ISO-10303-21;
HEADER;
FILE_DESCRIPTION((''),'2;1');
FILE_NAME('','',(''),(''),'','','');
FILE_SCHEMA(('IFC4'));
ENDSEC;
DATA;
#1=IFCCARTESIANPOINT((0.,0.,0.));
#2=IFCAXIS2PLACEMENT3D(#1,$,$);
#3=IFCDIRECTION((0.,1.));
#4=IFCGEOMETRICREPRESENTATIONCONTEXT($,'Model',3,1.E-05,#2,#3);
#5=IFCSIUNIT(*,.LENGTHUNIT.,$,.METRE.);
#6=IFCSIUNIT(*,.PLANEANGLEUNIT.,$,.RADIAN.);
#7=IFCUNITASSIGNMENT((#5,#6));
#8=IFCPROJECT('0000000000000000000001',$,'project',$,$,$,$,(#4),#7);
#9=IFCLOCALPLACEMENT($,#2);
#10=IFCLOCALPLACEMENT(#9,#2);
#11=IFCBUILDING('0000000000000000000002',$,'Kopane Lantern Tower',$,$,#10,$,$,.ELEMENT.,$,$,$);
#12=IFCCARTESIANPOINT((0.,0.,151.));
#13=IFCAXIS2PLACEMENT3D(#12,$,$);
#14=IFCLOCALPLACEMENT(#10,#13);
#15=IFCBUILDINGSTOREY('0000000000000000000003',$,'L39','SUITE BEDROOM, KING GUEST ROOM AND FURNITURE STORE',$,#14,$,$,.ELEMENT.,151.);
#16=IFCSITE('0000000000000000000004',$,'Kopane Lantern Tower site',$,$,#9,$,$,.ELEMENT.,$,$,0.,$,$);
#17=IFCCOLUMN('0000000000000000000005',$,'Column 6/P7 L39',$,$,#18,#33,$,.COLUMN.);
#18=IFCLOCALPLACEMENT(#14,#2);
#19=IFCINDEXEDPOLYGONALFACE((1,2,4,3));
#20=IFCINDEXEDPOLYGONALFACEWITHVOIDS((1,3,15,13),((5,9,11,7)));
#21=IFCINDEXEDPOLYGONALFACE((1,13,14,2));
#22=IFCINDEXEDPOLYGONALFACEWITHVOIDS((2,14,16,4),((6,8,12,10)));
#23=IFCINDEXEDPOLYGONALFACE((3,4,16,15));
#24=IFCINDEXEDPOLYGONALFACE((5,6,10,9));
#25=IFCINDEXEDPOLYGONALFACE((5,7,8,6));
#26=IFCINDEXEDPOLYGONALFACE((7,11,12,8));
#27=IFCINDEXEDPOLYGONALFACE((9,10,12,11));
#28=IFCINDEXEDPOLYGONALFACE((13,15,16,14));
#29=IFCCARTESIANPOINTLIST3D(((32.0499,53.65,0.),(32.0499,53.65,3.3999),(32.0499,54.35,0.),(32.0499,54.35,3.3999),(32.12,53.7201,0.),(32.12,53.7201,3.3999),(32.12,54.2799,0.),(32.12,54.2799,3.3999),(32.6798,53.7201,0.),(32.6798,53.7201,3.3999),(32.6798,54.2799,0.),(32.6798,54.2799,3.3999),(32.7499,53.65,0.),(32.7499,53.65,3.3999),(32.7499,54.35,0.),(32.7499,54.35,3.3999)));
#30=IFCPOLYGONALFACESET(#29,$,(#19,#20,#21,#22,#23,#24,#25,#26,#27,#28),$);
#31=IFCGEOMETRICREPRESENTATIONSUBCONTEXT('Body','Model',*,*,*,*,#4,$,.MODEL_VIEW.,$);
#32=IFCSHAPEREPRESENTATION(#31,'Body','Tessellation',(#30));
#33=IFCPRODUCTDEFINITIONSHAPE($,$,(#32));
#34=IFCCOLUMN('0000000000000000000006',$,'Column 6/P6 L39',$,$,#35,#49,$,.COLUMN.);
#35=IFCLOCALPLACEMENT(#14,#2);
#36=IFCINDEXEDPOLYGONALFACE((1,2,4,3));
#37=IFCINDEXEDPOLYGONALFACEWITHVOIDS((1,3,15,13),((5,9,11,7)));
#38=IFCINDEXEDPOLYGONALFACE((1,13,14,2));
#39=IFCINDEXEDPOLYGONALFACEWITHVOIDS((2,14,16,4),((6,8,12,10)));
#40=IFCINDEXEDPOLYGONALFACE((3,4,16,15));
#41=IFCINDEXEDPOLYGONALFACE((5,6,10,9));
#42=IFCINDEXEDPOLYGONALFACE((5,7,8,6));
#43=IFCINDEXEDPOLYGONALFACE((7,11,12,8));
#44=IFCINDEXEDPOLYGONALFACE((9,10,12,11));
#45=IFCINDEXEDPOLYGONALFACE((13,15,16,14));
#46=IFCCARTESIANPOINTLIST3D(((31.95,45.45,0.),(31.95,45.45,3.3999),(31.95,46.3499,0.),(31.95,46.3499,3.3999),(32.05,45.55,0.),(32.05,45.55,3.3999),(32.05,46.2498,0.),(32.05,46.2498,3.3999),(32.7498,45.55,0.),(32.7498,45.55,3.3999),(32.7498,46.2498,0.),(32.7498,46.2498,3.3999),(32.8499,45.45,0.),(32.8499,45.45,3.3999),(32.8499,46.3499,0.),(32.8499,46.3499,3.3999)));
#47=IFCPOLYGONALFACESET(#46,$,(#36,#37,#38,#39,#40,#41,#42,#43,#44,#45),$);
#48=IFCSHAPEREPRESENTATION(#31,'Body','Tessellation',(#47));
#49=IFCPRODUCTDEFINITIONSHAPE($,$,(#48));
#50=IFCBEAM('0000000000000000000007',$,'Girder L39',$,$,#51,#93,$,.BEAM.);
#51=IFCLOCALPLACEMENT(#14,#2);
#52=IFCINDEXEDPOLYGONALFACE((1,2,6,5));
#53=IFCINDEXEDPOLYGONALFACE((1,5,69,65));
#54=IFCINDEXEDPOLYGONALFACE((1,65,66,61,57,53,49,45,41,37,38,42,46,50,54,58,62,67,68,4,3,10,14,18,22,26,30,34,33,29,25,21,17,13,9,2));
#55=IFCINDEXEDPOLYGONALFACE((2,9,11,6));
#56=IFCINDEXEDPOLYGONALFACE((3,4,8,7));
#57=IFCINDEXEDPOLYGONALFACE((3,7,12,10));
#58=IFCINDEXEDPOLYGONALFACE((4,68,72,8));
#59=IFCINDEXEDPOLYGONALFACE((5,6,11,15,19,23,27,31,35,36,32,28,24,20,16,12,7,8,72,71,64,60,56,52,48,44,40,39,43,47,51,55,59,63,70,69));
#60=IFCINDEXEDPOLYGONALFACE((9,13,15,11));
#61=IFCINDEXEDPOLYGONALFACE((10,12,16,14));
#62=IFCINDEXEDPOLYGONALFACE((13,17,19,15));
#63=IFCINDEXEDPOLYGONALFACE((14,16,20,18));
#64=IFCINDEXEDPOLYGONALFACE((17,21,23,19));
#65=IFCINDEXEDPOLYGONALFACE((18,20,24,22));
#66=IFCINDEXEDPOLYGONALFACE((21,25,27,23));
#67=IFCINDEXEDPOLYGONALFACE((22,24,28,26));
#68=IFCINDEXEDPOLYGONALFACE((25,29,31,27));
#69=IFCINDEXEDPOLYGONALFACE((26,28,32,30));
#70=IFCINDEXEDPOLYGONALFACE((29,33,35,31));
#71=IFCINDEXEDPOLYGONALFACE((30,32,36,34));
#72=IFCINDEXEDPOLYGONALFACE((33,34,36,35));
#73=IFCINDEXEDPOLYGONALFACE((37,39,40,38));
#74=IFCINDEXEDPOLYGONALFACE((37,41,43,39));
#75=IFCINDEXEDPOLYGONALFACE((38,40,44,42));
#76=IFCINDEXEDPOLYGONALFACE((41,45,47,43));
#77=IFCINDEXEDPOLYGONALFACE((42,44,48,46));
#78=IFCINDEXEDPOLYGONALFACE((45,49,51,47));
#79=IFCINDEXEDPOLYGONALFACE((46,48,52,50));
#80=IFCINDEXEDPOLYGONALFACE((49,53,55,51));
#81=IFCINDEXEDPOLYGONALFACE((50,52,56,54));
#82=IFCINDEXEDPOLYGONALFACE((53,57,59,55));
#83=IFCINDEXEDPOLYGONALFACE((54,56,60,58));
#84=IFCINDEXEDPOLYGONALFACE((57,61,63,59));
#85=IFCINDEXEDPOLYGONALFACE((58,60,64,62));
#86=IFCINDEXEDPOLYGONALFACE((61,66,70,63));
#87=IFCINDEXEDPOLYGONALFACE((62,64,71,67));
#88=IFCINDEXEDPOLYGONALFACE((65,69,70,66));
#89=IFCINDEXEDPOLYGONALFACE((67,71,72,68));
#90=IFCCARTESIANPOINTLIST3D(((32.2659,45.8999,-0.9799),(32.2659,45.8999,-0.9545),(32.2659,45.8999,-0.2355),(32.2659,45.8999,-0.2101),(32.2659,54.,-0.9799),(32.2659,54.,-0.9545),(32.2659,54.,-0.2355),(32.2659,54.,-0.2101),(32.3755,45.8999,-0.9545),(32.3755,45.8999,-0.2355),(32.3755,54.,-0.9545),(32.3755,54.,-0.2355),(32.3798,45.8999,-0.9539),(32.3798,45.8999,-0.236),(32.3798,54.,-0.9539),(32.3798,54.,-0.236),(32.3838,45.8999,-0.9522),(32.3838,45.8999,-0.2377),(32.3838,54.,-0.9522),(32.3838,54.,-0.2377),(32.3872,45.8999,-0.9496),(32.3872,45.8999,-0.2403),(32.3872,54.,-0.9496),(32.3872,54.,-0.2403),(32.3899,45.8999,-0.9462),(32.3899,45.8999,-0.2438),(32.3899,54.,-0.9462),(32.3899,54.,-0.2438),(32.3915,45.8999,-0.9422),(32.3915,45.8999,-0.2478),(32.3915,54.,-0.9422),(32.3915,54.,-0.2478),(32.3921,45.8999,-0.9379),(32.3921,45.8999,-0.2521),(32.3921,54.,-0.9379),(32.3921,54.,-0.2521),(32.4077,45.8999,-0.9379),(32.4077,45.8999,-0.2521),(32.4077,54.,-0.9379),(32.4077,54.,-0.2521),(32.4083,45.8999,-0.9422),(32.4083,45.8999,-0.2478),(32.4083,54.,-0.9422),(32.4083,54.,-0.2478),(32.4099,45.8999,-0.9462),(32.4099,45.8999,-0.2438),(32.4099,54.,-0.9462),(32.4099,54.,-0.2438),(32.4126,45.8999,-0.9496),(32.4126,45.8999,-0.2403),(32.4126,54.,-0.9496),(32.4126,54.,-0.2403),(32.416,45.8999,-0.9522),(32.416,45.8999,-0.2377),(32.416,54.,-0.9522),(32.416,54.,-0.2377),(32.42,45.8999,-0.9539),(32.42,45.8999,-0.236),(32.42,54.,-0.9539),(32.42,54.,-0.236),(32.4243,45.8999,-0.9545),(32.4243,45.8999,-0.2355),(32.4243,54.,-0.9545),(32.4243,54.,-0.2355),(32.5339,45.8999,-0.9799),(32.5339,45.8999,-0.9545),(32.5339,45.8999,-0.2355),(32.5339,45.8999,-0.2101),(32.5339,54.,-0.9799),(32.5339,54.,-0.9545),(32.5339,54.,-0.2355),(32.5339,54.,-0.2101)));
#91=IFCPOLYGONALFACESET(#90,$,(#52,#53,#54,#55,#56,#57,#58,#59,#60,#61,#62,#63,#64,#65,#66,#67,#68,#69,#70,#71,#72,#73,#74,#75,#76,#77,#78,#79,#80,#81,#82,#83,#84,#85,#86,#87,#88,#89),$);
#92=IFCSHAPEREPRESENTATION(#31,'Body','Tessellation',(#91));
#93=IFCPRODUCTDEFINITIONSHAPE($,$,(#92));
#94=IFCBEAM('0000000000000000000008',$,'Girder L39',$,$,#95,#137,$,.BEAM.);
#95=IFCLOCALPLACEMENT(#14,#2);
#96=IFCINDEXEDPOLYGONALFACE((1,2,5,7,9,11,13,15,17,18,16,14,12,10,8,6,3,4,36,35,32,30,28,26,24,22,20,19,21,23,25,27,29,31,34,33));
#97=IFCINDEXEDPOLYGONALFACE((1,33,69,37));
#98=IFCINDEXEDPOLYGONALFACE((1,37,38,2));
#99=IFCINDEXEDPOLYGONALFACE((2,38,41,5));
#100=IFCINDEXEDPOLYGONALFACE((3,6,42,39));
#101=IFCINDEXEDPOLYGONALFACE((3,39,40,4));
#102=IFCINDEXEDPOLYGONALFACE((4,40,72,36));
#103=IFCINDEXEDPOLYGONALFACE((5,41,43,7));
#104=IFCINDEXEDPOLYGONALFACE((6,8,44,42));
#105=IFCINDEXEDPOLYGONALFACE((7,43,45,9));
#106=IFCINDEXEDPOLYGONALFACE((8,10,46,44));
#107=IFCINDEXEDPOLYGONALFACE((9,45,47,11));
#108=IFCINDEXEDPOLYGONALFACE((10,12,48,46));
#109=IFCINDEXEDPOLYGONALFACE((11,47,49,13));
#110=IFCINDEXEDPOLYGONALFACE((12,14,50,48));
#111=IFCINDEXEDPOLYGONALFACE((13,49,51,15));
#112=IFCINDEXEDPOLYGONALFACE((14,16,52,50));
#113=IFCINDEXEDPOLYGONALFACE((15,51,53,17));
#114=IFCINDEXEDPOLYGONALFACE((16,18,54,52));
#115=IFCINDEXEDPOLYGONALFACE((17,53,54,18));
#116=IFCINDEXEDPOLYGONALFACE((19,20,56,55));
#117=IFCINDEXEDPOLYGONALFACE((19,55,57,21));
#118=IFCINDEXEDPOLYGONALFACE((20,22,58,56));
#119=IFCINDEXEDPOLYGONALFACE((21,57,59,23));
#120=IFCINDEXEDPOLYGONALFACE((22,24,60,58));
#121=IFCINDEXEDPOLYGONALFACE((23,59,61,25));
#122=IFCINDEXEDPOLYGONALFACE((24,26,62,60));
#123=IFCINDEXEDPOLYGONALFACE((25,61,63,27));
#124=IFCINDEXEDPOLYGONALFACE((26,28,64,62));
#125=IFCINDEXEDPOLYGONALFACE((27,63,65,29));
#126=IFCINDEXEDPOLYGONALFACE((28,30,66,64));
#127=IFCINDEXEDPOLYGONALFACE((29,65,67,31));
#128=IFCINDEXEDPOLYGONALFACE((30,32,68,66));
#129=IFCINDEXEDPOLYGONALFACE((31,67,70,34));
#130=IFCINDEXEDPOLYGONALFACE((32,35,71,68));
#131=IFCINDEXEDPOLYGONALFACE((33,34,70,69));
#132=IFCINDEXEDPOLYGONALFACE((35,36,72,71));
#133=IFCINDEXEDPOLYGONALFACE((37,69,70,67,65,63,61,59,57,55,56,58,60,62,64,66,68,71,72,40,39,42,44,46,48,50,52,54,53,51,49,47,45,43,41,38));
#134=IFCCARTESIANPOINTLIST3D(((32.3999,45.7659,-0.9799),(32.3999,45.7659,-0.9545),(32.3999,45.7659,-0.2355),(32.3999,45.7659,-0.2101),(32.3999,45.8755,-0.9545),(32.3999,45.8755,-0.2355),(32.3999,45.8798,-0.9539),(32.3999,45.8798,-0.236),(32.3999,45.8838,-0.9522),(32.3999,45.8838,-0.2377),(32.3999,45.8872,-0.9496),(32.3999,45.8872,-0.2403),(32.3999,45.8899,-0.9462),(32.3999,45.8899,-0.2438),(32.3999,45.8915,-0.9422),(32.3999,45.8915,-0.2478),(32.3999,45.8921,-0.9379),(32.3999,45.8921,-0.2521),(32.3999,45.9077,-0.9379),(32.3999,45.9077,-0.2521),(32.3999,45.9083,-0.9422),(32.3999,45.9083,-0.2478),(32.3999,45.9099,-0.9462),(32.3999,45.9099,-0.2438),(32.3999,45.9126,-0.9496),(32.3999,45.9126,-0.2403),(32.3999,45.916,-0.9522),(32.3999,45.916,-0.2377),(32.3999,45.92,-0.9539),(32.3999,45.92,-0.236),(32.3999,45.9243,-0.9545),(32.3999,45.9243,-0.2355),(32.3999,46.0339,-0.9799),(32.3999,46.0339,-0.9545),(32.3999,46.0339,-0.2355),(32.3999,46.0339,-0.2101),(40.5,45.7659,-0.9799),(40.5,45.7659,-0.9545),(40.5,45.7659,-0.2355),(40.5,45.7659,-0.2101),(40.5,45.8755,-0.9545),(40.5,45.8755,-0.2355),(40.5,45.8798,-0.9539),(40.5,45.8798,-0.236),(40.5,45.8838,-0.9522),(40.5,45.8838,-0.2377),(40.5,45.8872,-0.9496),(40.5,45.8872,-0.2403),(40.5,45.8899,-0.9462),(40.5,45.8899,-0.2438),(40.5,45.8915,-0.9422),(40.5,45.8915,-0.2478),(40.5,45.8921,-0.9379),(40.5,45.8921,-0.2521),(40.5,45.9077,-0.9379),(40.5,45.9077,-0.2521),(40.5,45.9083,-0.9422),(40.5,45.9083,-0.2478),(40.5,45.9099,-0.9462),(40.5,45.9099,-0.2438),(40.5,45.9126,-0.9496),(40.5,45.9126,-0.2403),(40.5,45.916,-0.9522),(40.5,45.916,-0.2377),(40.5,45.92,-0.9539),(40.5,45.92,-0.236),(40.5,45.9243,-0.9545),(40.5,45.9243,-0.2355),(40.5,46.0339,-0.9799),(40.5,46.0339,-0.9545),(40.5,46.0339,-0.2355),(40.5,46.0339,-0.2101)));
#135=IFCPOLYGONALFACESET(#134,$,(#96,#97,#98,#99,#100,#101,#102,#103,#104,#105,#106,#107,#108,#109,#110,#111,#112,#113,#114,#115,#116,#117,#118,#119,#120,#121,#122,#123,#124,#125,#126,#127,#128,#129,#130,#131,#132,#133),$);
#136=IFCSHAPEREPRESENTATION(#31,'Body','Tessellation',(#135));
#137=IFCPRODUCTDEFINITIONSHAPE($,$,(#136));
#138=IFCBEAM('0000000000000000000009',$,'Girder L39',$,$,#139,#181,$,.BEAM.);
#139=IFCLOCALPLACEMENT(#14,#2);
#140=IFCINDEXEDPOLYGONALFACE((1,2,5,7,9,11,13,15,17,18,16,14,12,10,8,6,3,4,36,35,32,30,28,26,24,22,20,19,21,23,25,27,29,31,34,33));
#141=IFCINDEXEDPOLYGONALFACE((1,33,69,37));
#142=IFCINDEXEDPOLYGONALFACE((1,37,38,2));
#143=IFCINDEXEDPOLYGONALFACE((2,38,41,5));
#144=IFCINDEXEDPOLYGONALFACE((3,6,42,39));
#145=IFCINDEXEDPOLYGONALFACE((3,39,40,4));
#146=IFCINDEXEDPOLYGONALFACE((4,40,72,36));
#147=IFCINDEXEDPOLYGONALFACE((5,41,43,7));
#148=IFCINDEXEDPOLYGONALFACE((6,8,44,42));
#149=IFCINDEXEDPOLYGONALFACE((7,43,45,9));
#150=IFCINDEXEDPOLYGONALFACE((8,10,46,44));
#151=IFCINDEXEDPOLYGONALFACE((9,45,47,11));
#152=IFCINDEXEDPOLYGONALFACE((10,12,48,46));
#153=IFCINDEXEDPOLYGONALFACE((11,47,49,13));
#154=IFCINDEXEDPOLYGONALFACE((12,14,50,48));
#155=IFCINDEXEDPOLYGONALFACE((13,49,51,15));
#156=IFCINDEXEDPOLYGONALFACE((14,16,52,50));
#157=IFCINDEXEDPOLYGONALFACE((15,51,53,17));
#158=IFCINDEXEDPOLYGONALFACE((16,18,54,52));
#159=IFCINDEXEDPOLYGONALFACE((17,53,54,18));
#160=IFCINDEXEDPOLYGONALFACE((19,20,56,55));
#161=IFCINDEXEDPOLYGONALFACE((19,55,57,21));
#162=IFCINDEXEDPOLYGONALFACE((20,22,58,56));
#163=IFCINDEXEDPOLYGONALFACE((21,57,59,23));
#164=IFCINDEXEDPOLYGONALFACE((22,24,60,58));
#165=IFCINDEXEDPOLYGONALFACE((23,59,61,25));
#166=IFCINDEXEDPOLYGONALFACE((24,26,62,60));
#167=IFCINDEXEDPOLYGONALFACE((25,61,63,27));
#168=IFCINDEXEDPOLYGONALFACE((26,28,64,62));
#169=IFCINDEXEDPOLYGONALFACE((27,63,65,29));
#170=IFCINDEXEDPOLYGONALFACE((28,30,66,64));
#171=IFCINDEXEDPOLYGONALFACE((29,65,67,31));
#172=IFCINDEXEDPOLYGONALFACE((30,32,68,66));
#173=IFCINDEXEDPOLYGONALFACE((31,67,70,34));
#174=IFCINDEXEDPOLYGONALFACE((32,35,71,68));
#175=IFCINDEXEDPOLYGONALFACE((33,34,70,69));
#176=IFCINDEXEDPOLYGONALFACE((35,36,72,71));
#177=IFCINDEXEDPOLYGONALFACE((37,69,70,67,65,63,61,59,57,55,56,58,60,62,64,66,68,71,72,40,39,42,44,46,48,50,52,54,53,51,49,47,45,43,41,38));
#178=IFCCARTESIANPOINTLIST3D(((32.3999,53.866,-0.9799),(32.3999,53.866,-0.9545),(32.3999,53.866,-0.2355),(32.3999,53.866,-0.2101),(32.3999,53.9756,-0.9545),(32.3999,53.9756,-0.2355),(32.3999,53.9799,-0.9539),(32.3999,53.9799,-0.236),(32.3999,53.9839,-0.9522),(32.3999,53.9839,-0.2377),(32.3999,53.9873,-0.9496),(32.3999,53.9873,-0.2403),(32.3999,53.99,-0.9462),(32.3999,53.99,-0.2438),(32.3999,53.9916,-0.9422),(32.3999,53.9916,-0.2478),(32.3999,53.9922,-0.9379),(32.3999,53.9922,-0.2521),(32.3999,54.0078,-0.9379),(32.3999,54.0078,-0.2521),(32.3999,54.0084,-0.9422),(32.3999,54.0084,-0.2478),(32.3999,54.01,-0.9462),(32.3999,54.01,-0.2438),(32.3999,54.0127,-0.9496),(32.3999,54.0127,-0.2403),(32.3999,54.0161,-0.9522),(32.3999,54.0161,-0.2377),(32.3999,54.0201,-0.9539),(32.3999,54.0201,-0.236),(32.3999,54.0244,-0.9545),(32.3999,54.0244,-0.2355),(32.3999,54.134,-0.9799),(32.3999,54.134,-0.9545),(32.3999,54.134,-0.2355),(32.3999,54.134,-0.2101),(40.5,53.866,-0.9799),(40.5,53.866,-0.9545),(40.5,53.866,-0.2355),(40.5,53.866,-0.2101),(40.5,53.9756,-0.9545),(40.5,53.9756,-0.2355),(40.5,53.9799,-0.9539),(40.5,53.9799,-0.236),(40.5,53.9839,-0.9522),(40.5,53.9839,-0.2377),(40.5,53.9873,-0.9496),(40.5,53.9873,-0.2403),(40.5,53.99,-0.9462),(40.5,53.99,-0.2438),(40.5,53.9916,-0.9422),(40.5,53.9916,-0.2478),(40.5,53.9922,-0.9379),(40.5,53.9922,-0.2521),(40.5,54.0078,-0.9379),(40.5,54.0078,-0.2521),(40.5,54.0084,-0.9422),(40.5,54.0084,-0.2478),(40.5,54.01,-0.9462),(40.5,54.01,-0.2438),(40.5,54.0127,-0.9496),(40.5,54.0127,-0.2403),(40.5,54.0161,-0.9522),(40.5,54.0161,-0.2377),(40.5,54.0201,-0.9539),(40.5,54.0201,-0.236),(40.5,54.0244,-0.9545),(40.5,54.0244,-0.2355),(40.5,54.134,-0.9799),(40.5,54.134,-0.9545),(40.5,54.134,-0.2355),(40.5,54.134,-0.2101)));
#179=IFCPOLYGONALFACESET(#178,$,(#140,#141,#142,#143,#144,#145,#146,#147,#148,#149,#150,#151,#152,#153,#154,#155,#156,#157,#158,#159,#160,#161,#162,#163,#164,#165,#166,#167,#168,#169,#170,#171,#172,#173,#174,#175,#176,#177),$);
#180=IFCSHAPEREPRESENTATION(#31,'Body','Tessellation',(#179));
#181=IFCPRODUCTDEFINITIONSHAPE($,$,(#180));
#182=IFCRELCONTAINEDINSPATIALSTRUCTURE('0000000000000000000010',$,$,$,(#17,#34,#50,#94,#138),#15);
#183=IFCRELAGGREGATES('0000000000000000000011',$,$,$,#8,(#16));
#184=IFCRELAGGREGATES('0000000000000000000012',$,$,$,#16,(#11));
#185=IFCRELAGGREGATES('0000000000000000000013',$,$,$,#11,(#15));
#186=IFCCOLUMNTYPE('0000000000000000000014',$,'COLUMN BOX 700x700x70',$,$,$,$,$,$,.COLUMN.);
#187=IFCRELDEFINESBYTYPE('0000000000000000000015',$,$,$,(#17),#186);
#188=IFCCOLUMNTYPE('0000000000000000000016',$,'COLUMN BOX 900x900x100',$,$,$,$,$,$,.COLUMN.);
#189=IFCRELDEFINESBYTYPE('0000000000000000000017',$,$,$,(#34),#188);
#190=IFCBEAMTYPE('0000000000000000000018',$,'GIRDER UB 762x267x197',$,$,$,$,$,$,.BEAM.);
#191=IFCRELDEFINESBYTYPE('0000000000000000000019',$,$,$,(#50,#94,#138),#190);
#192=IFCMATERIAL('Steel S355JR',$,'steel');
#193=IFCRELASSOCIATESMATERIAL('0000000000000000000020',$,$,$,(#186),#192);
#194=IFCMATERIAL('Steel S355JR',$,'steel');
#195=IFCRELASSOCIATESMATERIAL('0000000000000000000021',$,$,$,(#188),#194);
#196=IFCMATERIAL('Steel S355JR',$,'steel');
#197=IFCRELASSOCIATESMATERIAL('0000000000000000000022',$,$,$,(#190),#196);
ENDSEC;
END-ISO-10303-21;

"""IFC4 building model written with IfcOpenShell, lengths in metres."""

from ifc_helpers import new_model, si_unit, direction, frame, origin, origin_2d, place, context, subcontext, project, spatial, hollow_rectangle, i_section, extrude, material, material_profile, profile_set, type_object, element, save


model = new_model("IFC4")

# Units and contexts
model_context = context("Model", 3, precision=1e-05, world=origin(), true_north=direction((0.0, 1.0)))
body_context = subcontext(model_context, "Body", "Model", "MODEL_VIEW")
ifc_project = project(units=[si_unit("LENGTHUNIT", "METRE"), si_unit("PLANEANGLEUNIT", "RADIAN")], contexts=[model_context])

# Site, building, storey
site_placement = place(None, origin())
site = spatial("IfcSite", under=ifc_project, at=site_placement, Name="Kopane Lantern Tower site", CompositionType="ELEMENT", RefElevation=0.0)
building_placement = place(site_placement, origin())
building = spatial("IfcBuilding", under=site, at=building_placement, Name="Kopane Lantern Tower", CompositionType="ELEMENT")
storey_placement = place(building_placement, frame((0.0, 0.0, 151.0)))
storey = spatial("IfcBuildingStorey", under=building, at=storey_placement, Name="L39", Description="SUITE BEDROOM, KING GUEST ROOM AND FURNITURE STORE", CompositionType="ELEMENT", Elevation=151.0)

# Columns
ifc_material_1 = material(Name="Steel S355JR", Category="steel")
ifc_material_profile_1 = material_profile(ifc_material_1, hollow_rectangle(XDim=0.7, YDim=0.7, WallThickness=0.0701, at=origin_2d()), Name="BOX 700x700x70")
ifc_profile_set_1 = profile_set([ifc_material_profile_1], Name="Steel S355JR")
column_type_1 = type_object("IfcColumnType", Name="COLUMN BOX 700x700x70", PredefinedType="COLUMN", material=ifc_profile_set_1)
column_1_placement = place(storey_placement, frame((32.3999, 54.0, 0.0), z_axis=(0.0, 0.0, 1.0), x_axis=(1.0, 0.0, 0.0)))
element("IfcColumn", 1, at=column_1_placement, inside=storey, type_object=column_type_1, Name="Column 6/P7 L39", PredefinedType="COLUMN", context=body_context, shape_type="SweptSolid", body=[
    extrude(hollow_rectangle(XDim=0.7, YDim=0.7, WallThickness=0.0701, at=origin_2d()), origin(), (0.0, 0.0, 1.0), 3.3999),
])
ifc_material_2 = material(Name="Steel S355JR", Category="steel")
ifc_material_profile_2 = material_profile(ifc_material_2, hollow_rectangle(XDim=0.8999, YDim=0.8999, WallThickness=0.1001, at=origin_2d()), Name="BOX 900x900x100")
ifc_profile_set_2 = profile_set([ifc_material_profile_2], Name="Steel S355JR")
column_type_2 = type_object("IfcColumnType", Name="COLUMN BOX 900x900x100", PredefinedType="COLUMN", material=ifc_profile_set_2)
column_2_placement = place(storey_placement, frame((32.3999, 45.8999, 0.0), z_axis=(0.0, 0.0, 1.0), x_axis=(1.0, 0.0, 0.0)))
element("IfcColumn", 2, at=column_2_placement, inside=storey, type_object=column_type_2, Name="Column 6/P6 L39", PredefinedType="COLUMN", context=body_context, shape_type="SweptSolid", body=[
    extrude(hollow_rectangle(XDim=0.8999, YDim=0.8999, WallThickness=0.1001, at=origin_2d()), origin(), (0.0, 0.0, 1.0), 3.3999),
])

# Beams
ifc_material_3 = material(Name="Steel S355JR", Category="steel")
ifc_material_profile_3 = material_profile(ifc_material_3, i_section(OverallWidth=0.2681, OverallDepth=0.7698, WebThickness=0.0156, FlangeThickness=0.0254, FilletRadius=0.0166, at=origin_2d()), Name="UB 762x267x197")
ifc_profile_set_3 = profile_set([ifc_material_profile_3], Name="Steel S355JR")
beam_type = type_object("IfcBeamType", Name="GIRDER UB 762x267x197", PredefinedType="BEAM", material=ifc_profile_set_3)
for number, where, z_axis, x_axis, name in (
    (3, (32.3999, 45.8999, -0.595), (0.0, 1.0, 0.0), (-1.0, 0.0, 0.0), "Girder L39"),
    (4, (32.3999, 45.8999, -0.595), (1.0, 0.0, 0.0), (0.0, 1.0, 0.0), "Girder L39"),
    (5, (32.3999, 54.0, -0.595), (1.0, 0.0, 0.0), (0.0, 1.0, 0.0), "Girder L39"),
):
    element("IfcBeam", number, at=place(storey_placement, frame(where, z_axis=z_axis, x_axis=x_axis)), inside=storey, type_object=beam_type, Name=name, PredefinedType="BEAM", context=body_context, shape_type="SweptSolid", body=[
        extrude(i_section(OverallWidth=0.2681, OverallDepth=0.7698, WebThickness=0.0156, FlangeThickness=0.0254, FilletRadius=0.0166, at=origin_2d()), origin(), (0.0, 0.0, 1.0), 8.1001),
    ])

save(model, "model.ifc")
